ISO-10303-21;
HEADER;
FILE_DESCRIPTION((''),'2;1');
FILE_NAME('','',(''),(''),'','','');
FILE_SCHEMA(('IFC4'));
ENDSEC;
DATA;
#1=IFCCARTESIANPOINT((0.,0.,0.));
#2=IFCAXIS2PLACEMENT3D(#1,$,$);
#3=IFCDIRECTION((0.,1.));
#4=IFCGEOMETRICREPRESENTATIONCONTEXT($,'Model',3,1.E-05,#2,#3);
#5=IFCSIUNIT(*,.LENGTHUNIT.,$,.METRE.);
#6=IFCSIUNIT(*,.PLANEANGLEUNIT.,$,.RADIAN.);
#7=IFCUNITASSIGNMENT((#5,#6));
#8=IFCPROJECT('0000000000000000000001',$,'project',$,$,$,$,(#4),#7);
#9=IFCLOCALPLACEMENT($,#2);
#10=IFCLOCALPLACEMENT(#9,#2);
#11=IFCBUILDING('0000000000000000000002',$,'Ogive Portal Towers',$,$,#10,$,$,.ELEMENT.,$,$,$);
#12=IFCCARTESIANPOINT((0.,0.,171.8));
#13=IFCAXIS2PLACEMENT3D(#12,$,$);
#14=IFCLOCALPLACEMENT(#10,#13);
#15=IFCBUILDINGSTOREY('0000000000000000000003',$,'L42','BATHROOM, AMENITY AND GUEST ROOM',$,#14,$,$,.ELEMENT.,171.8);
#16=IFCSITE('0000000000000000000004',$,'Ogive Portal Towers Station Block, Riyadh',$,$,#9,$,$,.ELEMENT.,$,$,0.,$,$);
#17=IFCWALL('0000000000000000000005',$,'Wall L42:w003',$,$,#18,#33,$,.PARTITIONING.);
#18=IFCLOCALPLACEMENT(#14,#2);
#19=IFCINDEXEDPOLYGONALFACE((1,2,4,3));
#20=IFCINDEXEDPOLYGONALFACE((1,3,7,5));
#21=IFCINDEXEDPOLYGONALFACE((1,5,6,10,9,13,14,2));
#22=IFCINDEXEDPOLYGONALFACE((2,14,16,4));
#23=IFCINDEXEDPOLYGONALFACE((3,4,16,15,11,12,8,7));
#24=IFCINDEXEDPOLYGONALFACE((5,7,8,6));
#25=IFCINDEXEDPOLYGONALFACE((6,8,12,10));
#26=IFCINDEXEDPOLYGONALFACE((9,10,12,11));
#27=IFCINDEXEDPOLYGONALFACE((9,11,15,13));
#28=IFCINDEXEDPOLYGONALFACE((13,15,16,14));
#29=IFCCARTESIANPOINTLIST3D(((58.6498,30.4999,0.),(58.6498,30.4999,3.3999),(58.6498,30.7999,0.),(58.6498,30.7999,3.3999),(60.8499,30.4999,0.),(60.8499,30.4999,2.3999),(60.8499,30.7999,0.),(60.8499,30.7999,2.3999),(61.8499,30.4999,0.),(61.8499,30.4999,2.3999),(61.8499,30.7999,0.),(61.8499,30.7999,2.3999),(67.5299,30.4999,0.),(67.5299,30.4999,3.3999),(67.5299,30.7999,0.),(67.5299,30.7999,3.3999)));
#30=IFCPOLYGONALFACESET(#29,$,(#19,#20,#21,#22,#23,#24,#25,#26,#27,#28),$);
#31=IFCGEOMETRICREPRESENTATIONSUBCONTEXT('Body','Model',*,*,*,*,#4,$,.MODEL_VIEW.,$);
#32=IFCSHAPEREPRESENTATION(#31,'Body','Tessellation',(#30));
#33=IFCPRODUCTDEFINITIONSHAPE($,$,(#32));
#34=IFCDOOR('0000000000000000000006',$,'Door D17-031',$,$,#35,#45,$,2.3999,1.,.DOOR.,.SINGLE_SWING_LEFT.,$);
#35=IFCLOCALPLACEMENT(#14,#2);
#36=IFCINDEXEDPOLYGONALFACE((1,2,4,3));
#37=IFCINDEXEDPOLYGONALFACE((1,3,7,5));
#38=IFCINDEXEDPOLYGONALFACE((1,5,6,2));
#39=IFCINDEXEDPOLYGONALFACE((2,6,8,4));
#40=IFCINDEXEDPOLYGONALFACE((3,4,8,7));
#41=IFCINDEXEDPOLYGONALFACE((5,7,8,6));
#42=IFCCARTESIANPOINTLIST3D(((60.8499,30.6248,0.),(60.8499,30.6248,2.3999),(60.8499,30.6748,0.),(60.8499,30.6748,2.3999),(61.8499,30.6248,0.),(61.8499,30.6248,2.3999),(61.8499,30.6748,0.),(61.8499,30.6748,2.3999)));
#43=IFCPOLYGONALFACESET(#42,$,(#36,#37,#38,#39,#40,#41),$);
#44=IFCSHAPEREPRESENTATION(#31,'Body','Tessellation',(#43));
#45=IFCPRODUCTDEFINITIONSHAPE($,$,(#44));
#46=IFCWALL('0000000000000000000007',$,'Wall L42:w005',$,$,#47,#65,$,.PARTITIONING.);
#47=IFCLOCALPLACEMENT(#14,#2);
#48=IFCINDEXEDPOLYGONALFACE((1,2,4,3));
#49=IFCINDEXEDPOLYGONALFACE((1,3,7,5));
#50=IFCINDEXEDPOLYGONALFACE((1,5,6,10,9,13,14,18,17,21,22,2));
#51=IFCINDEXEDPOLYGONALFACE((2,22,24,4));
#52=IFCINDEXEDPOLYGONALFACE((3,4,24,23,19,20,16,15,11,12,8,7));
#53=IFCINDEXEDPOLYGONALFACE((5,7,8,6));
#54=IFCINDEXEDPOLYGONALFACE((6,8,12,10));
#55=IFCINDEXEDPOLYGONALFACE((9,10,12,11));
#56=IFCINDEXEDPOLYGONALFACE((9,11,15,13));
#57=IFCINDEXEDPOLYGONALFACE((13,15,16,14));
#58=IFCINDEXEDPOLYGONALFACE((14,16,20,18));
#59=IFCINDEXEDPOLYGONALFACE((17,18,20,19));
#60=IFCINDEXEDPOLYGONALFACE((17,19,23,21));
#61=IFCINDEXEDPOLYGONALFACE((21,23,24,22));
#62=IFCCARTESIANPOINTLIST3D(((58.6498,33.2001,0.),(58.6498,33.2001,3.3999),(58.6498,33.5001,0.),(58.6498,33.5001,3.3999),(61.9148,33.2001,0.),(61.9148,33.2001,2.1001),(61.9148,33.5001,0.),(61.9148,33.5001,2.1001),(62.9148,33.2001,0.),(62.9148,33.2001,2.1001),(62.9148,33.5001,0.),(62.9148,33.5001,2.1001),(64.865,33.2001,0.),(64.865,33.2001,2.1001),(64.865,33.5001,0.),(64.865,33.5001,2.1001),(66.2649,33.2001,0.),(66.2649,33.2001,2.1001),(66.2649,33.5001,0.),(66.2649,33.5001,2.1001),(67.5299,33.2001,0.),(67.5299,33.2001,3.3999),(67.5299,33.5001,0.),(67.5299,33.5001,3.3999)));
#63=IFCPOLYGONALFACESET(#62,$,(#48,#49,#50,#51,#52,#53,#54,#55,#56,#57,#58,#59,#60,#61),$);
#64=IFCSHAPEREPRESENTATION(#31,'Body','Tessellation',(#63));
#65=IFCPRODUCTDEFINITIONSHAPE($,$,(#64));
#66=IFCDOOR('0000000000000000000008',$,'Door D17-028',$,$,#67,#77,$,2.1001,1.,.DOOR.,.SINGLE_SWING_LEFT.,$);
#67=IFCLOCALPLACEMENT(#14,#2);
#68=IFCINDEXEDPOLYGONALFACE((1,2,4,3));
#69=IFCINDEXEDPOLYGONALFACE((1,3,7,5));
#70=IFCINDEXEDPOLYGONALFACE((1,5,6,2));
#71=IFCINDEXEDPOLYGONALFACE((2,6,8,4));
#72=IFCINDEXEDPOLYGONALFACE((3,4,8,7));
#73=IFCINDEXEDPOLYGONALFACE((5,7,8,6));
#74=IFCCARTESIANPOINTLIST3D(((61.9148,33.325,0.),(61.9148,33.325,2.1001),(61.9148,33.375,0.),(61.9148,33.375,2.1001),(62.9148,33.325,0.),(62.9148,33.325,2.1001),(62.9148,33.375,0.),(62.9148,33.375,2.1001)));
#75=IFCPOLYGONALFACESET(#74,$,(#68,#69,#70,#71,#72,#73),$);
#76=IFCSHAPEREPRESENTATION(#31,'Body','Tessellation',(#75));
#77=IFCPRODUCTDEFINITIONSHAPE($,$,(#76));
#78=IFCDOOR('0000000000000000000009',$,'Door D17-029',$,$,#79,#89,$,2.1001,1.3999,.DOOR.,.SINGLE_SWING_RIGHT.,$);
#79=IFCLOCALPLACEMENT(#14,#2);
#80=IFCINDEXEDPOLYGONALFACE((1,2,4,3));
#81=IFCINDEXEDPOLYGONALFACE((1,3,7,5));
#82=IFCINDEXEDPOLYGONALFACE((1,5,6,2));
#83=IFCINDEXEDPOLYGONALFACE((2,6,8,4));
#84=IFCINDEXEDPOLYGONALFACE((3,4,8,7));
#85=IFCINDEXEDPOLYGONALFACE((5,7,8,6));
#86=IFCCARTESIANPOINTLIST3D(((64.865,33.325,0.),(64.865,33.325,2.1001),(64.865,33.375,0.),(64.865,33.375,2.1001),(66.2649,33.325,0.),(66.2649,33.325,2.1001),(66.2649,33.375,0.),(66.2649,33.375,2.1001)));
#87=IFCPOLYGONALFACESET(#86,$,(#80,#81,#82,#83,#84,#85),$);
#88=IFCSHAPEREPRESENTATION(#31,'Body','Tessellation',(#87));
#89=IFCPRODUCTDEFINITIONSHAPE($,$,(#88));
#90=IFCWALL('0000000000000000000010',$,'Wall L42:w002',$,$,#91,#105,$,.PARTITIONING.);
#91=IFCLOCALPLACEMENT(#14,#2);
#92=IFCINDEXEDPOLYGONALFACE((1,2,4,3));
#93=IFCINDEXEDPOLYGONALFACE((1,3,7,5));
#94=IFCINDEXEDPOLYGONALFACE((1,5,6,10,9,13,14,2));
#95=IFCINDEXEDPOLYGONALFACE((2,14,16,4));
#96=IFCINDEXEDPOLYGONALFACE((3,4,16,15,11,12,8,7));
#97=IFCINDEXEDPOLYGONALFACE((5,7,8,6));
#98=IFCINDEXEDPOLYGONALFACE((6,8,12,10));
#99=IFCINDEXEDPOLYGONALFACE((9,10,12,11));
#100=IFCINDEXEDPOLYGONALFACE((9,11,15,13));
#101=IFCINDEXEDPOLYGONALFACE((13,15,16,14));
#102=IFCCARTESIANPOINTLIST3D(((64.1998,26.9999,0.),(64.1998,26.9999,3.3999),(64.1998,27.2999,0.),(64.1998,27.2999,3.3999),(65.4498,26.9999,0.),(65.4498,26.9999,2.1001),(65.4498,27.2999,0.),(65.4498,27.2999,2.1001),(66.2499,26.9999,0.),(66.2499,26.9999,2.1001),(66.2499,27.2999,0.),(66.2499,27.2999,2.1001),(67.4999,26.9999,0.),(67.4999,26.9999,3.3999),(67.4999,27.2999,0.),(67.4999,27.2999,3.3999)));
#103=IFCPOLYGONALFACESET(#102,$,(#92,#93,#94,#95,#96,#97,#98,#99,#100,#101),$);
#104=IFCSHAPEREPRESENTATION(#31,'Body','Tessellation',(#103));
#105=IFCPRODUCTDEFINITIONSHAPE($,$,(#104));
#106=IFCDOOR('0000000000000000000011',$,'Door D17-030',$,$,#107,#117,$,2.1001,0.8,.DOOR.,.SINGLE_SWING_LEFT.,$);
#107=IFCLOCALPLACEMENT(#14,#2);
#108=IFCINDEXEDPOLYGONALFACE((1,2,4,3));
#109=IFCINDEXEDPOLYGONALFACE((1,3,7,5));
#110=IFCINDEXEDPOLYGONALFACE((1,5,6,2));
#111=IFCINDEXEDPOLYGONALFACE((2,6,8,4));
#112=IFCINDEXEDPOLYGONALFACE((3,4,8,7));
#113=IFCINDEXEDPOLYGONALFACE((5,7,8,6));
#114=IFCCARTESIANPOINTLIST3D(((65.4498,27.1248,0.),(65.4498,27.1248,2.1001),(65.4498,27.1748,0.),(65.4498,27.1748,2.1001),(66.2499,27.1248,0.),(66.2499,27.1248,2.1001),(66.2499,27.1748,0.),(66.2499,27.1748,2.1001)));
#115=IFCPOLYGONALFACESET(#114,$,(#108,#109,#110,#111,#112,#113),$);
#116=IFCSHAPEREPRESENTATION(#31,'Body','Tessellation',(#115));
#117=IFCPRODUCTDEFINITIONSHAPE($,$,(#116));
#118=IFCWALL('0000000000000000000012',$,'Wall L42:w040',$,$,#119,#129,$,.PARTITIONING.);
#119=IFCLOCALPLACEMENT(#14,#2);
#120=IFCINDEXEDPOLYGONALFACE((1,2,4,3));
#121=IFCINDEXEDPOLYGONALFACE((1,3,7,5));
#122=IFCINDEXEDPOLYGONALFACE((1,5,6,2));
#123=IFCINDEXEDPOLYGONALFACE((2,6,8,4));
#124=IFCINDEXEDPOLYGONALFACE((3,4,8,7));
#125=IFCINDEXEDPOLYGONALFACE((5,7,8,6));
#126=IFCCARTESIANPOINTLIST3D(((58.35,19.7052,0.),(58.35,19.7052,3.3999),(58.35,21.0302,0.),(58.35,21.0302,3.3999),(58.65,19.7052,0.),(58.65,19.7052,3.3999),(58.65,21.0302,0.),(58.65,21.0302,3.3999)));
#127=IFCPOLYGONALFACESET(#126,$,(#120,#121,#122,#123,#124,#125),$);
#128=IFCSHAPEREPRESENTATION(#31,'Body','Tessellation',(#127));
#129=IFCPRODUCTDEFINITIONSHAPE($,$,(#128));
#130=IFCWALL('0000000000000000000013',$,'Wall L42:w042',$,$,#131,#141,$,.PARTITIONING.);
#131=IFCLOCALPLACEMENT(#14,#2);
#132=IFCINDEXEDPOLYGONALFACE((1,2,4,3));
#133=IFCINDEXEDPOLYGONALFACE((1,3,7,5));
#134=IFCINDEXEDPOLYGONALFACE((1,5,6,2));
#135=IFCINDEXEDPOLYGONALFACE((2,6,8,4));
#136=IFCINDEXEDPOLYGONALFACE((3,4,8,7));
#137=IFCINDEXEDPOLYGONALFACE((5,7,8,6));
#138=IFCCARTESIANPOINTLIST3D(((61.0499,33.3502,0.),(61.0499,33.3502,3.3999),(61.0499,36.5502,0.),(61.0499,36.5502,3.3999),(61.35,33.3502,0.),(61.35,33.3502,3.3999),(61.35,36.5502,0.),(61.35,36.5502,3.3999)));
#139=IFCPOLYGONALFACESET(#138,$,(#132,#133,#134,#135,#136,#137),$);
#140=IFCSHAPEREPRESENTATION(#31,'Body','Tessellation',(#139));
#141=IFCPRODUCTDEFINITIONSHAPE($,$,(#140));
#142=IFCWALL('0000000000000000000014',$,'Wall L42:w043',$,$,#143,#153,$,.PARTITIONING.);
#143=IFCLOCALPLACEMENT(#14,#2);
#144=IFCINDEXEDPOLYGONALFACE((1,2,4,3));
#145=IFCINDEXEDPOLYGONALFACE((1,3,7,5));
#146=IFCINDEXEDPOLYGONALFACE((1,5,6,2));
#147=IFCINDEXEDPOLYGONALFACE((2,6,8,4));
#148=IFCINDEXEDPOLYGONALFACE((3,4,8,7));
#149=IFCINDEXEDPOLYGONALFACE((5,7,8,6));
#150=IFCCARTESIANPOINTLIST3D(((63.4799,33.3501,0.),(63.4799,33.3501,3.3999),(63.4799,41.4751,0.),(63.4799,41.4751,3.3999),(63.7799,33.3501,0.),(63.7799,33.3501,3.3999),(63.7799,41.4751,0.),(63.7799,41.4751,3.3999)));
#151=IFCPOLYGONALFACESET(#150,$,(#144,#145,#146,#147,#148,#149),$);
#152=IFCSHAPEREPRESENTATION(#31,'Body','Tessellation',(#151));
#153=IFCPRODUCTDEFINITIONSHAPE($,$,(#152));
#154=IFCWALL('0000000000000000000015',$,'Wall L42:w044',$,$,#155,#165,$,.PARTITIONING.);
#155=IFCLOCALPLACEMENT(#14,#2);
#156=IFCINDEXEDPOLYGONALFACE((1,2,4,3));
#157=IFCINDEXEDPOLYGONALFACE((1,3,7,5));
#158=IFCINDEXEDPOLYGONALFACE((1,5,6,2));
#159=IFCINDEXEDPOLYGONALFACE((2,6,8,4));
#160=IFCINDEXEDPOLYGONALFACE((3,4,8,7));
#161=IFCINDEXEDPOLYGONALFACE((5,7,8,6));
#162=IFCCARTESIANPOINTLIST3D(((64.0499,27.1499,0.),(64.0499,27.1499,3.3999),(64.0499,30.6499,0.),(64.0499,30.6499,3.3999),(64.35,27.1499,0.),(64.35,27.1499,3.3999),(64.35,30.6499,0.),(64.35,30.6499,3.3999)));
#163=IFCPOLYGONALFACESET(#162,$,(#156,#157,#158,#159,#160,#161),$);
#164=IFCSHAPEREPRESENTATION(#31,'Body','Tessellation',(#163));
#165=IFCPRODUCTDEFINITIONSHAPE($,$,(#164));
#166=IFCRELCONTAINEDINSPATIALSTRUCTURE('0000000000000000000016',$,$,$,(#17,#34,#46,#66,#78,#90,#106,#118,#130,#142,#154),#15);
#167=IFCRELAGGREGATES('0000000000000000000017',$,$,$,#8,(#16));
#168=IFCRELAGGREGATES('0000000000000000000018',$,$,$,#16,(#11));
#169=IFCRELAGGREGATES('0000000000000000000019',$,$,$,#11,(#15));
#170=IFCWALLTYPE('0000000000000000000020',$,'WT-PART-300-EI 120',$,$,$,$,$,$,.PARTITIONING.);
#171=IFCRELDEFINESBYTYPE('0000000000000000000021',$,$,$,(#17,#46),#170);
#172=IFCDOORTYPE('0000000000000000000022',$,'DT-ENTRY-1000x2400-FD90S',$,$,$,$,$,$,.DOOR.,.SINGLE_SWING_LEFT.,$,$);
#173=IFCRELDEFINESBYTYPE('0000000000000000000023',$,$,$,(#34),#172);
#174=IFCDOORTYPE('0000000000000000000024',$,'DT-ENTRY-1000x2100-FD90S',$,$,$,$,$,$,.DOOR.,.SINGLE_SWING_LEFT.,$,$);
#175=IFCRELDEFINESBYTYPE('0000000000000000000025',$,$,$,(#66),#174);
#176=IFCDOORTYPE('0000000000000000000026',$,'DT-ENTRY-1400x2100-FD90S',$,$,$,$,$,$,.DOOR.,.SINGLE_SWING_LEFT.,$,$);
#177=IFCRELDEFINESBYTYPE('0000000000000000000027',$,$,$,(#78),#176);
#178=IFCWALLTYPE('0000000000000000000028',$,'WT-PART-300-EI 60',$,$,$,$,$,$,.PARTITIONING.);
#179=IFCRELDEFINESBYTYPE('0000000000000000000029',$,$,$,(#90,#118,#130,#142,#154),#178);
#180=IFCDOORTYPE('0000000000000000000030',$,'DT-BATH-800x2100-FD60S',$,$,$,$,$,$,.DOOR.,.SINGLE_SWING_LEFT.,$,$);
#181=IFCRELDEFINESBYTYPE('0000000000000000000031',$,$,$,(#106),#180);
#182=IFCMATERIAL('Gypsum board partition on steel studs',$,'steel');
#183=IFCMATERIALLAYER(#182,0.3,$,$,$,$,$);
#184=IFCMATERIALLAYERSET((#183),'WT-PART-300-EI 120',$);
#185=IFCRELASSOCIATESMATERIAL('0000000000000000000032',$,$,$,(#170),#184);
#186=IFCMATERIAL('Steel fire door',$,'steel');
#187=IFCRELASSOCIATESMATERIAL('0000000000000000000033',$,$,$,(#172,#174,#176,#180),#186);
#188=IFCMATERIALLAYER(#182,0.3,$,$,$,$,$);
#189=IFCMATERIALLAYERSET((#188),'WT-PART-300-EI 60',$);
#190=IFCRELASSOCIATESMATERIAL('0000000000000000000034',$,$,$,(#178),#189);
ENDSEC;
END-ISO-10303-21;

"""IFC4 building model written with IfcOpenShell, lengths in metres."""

from ifc_helpers import new_model, si_unit, direction, frame, frame_2d, origin, place, context, subcontext, project, spatial, rectangle, extrude, material, layer, layer_set, type_object, element, fill, save


model = new_model("IFC4")

# Units and contexts
model_context = context("Model", 3, precision=1e-05, world=origin(), true_north=direction((0.0, 1.0)))
body_context = subcontext(model_context, "Body", "Model", "MODEL_VIEW")
ifc_project = project(units=[si_unit("LENGTHUNIT", "METRE"), si_unit("PLANEANGLEUNIT", "RADIAN")], contexts=[model_context])

# Site, building, storey
site_placement = place(None, origin())
site = spatial("IfcSite", under=ifc_project, at=site_placement, Name="Ogive Portal Towers Station Block, Riyadh", CompositionType="ELEMENT", RefElevation=0.0)
building_placement = place(site_placement, origin())
building = spatial("IfcBuilding", under=site, at=building_placement, Name="Ogive Portal Towers", CompositionType="ELEMENT")
storey_placement = place(building_placement, frame((0.0, 0.0, 171.8)))
storey = spatial("IfcBuildingStorey", under=building, at=storey_placement, Name="L42", Description="BATHROOM, AMENITY AND GUEST ROOM", CompositionType="ELEMENT", Elevation=171.8)

# Shared definitions
ifc_material_1 = material(Name="Steel fire door", Category="steel")

# Wall, opening, door
ifc_material_2 = material(Name="Gypsum board partition on steel studs", Category="steel")
ifc_layer_1 = layer(ifc_material_2, 0.3)
ifc_layer_set_1 = layer_set([ifc_layer_1], Name="WT-PART-300-EI 120")
wall_type_1 = type_object("IfcWallType", Name="WT-PART-300-EI 120", PredefinedType="PARTITIONING", material=ifc_layer_set_1)
wall_1_placement = place(storey_placement, frame((58.6499, 30.6499, 0.0), z_axis=(0.0, 0.0, 1.0), x_axis=(1.0, 0.0, 0.0)))
wall_1 = element("IfcWall", 1, at=wall_1_placement, inside=storey, type_object=wall_type_1, Name="Wall L42:w003", PredefinedType="PARTITIONING", context=body_context, shape_type="SweptSolid", body=[
    extrude(rectangle(XDim=8.8801, YDim=0.3, at=frame_2d((4.4399, 0.0))), origin(), (0.0, 0.0, 1.0), 3.3999),
])
opening_1_placement = place(wall_1_placement, frame((2.2, 0.0, 0.0)))
opening_1 = element("IfcOpeningElement", 2, at=opening_1_placement, cuts=wall_1, PredefinedType="OPENING", context=body_context, shape_type="SweptSolid", body=[
    extrude(rectangle(XDim=1.0, YDim=2.3999, at=frame_2d((0.5, 1.2))), frame((0.0, 0.1602, 0.0), z_axis=(0.0, -1.0, 0.0), x_axis=(1.0, 0.0, 0.0)), (0.0, 0.0, 1.0), 0.3201),
])
door_type_1 = type_object("IfcDoorType", Name="DT-ENTRY-1000x2400-FD90S", OperationType="SINGLE_SWING_LEFT", PredefinedType="DOOR", material=ifc_material_1)
door_1_placement = place(opening_1_placement, origin())
door_1 = element("IfcDoor", 3, at=door_1_placement, inside=storey, type_object=door_type_1, Name="Door D17-031", OperationType="SINGLE_SWING_LEFT", OverallHeight=2.3999, OverallWidth=1.0, PredefinedType="DOOR", context=body_context, shape_type="SweptSolid", body=[
    extrude(rectangle(XDim=1.0, YDim=2.3999, at=frame_2d((0.5, 1.2))), frame((0.0, 0.0249, 0.0), z_axis=(0.0, -1.0, 0.0), x_axis=(1.0, 0.0, 0.0)), (0.0, 0.0, 1.0), 0.05),
])
fill(opening_1, door_1)

# Wall, openings, doors
wall_2_placement = place(storey_placement, frame((58.6499, 33.3501, 0.0), z_axis=(0.0, 0.0, 1.0), x_axis=(1.0, 0.0, 0.0)))
wall_2 = element("IfcWall", 4, at=wall_2_placement, inside=storey, type_object=wall_type_1, Name="Wall L42:w005", PredefinedType="PARTITIONING", context=body_context, shape_type="SweptSolid", body=[
    extrude(rectangle(XDim=8.8801, YDim=0.3, at=frame_2d((4.4399, 0.0))), origin(), (0.0, 0.0, 1.0), 3.3999),
])
opening_2_placement = place(wall_2_placement, frame((3.2649, 0.0, 0.0)))
opening_2 = element("IfcOpeningElement", 5, at=opening_2_placement, cuts=wall_2, PredefinedType="OPENING", context=body_context, shape_type="SweptSolid", body=[
    extrude(rectangle(XDim=1.0, YDim=2.1001, at=frame_2d((0.5, 1.05))), frame((0.0, 0.1602, 0.0), z_axis=(0.0, -1.0, 0.0), x_axis=(1.0, 0.0, 0.0)), (0.0, 0.0, 1.0), 0.3201),
])
opening_3_placement = place(wall_2_placement, frame((6.2151, 0.0, 0.0)))
opening_3 = element("IfcOpeningElement", 6, at=opening_3_placement, cuts=wall_2, PredefinedType="OPENING", context=body_context, shape_type="SweptSolid", body=[
    extrude(rectangle(XDim=1.3999, YDim=2.1001, at=frame_2d((0.7, 1.05))), frame((0.0, 0.1602, 0.0), z_axis=(0.0, -1.0, 0.0), x_axis=(1.0, 0.0, 0.0)), (0.0, 0.0, 1.0), 0.3201),
])
door_type_2 = type_object("IfcDoorType", Name="DT-ENTRY-1000x2100-FD90S", OperationType="SINGLE_SWING_LEFT", PredefinedType="DOOR", material=ifc_material_1)
door_2_placement = place(opening_2_placement, origin())
door_2 = element("IfcDoor", 7, at=door_2_placement, inside=storey, type_object=door_type_2, Name="Door D17-028", OperationType="SINGLE_SWING_LEFT", OverallHeight=2.1001, OverallWidth=1.0, PredefinedType="DOOR", context=body_context, shape_type="SweptSolid", body=[
    extrude(rectangle(XDim=1.0, YDim=2.1001, at=frame_2d((0.5, 1.05))), frame((0.0, 0.0249, 0.0), z_axis=(0.0, -1.0, 0.0), x_axis=(1.0, 0.0, 0.0)), (0.0, 0.0, 1.0), 0.05),
])
fill(opening_2, door_2)
door_type_3 = type_object("IfcDoorType", Name="DT-ENTRY-1400x2100-FD90S", OperationType="SINGLE_SWING_LEFT", PredefinedType="DOOR", material=ifc_material_1)
door_3_placement = place(opening_3_placement, origin())
door_3 = element("IfcDoor", 8, at=door_3_placement, inside=storey, type_object=door_type_3, Name="Door D17-029", OperationType="SINGLE_SWING_RIGHT", OverallHeight=2.1001, OverallWidth=1.3999, PredefinedType="DOOR", context=body_context, shape_type="SweptSolid", body=[
    extrude(rectangle(XDim=1.3999, YDim=2.1001, at=frame_2d((0.7, 1.05))), frame((0.0, 0.0249, 0.0), z_axis=(0.0, -1.0, 0.0), x_axis=(1.0, 0.0, 0.0)), (0.0, 0.0, 1.0), 0.05),
])
fill(opening_3, door_3)

# Wall, opening, door
ifc_layer_2 = layer(ifc_material_2, 0.3)
ifc_layer_set_2 = layer_set([ifc_layer_2], Name="WT-PART-300-EI 60")
wall_type_2 = type_object("IfcWallType", Name="WT-PART-300-EI 60", PredefinedType="PARTITIONING", material=ifc_layer_set_2)
wall_3_placement = place(storey_placement, frame((64.2, 27.1499, 0.0), z_axis=(0.0, 0.0, 1.0), x_axis=(1.0, 0.0, 0.0)))
wall_3 = element("IfcWall", 9, at=wall_3_placement, inside=storey, type_object=wall_type_2, Name="Wall L42:w002", PredefinedType="PARTITIONING", context=body_context, shape_type="SweptSolid", body=[
    extrude(rectangle(XDim=3.3, YDim=0.3, at=frame_2d((1.6499, 0.0))), origin(), (0.0, 0.0, 1.0), 3.3999),
])
opening_4_placement = place(wall_3_placement, frame((1.25, 0.0, 0.0)))
opening_4 = element("IfcOpeningElement", 10, at=opening_4_placement, cuts=wall_3, PredefinedType="OPENING", context=body_context, shape_type="SweptSolid", body=[
    extrude(rectangle(XDim=0.8, YDim=2.1001, at=frame_2d((0.3999, 1.05))), frame((0.0, 0.1602, 0.0), z_axis=(0.0, -1.0, 0.0), x_axis=(1.0, 0.0, 0.0)), (0.0, 0.0, 1.0), 0.3201),
])
door_type_4 = type_object("IfcDoorType", Name="DT-BATH-800x2100-FD60S", OperationType="SINGLE_SWING_LEFT", PredefinedType="DOOR", material=ifc_material_1)
door_4_placement = place(opening_4_placement, origin())
door_4 = element("IfcDoor", 11, at=door_4_placement, inside=storey, type_object=door_type_4, Name="Door D17-030", OperationType="SINGLE_SWING_LEFT", OverallHeight=2.1001, OverallWidth=0.8, PredefinedType="DOOR", context=body_context, shape_type="SweptSolid", body=[
    extrude(rectangle(XDim=0.8, YDim=2.1001, at=frame_2d((0.3999, 1.05))), frame((0.0, 0.0249, 0.0), z_axis=(0.0, -1.0, 0.0), x_axis=(1.0, 0.0, 0.0)), (0.0, 0.0, 1.0), 0.05),
])
fill(opening_4, door_4)

# Walls
wall_4_placement = place(storey_placement, frame((58.5, 19.7051, 0.0), z_axis=(0.0, 0.0, 1.0), x_axis=(0.0, 1.0, 0.0)))
element("IfcWall", 12, at=wall_4_placement, inside=storey, type_object=wall_type_2, Name="Wall L42:w040", PredefinedType="PARTITIONING", context=body_context, shape_type="SweptSolid", body=[
    extrude(rectangle(XDim=1.325, YDim=0.3, at=frame_2d((0.6626, 0.0))), origin(), (0.0, 0.0, 1.0), 3.3999),
])
wall_5_placement = place(storey_placement, frame((61.2, 33.3501, 0.0), z_axis=(0.0, 0.0, 1.0), x_axis=(0.0, 1.0, 0.0)))
element("IfcWall", 13, at=wall_5_placement, inside=storey, type_object=wall_type_2, Name="Wall L42:w042", PredefinedType="PARTITIONING", context=body_context, shape_type="SweptSolid", body=[
    extrude(rectangle(XDim=3.2, YDim=0.3, at=frame_2d((1.6001, 0.0))), origin(), (0.0, 0.0, 1.0), 3.3999),
])
wall_6_placement = place(storey_placement, frame((63.6299, 33.3501, 0.0), z_axis=(0.0, 0.0, 1.0), x_axis=(0.0, 1.0, 0.0)))
element("IfcWall", 14, at=wall_6_placement, inside=storey, type_object=wall_type_2, Name="Wall L42:w043", PredefinedType="PARTITIONING", context=body_context, shape_type="SweptSolid", body=[
    extrude(rectangle(XDim=8.125, YDim=0.3, at=frame_2d((4.0625, 0.0))), origin(), (0.0, 0.0, 1.0), 3.3999),
])
wall_7_placement = place(storey_placement, frame((64.2, 27.1499, 0.0), z_axis=(0.0, 0.0, 1.0), x_axis=(0.0, 1.0, 0.0)))
element("IfcWall", 15, at=wall_7_placement, inside=storey, type_object=wall_type_2, Name="Wall L42:w044", PredefinedType="PARTITIONING", context=body_context, shape_type="SweptSolid", body=[
    extrude(rectangle(XDim=3.5, YDim=0.3, at=frame_2d((1.75, 0.0))), origin(), (0.0, 0.0, 1.0), 3.3999),
])

save(model, "model.ifc")
